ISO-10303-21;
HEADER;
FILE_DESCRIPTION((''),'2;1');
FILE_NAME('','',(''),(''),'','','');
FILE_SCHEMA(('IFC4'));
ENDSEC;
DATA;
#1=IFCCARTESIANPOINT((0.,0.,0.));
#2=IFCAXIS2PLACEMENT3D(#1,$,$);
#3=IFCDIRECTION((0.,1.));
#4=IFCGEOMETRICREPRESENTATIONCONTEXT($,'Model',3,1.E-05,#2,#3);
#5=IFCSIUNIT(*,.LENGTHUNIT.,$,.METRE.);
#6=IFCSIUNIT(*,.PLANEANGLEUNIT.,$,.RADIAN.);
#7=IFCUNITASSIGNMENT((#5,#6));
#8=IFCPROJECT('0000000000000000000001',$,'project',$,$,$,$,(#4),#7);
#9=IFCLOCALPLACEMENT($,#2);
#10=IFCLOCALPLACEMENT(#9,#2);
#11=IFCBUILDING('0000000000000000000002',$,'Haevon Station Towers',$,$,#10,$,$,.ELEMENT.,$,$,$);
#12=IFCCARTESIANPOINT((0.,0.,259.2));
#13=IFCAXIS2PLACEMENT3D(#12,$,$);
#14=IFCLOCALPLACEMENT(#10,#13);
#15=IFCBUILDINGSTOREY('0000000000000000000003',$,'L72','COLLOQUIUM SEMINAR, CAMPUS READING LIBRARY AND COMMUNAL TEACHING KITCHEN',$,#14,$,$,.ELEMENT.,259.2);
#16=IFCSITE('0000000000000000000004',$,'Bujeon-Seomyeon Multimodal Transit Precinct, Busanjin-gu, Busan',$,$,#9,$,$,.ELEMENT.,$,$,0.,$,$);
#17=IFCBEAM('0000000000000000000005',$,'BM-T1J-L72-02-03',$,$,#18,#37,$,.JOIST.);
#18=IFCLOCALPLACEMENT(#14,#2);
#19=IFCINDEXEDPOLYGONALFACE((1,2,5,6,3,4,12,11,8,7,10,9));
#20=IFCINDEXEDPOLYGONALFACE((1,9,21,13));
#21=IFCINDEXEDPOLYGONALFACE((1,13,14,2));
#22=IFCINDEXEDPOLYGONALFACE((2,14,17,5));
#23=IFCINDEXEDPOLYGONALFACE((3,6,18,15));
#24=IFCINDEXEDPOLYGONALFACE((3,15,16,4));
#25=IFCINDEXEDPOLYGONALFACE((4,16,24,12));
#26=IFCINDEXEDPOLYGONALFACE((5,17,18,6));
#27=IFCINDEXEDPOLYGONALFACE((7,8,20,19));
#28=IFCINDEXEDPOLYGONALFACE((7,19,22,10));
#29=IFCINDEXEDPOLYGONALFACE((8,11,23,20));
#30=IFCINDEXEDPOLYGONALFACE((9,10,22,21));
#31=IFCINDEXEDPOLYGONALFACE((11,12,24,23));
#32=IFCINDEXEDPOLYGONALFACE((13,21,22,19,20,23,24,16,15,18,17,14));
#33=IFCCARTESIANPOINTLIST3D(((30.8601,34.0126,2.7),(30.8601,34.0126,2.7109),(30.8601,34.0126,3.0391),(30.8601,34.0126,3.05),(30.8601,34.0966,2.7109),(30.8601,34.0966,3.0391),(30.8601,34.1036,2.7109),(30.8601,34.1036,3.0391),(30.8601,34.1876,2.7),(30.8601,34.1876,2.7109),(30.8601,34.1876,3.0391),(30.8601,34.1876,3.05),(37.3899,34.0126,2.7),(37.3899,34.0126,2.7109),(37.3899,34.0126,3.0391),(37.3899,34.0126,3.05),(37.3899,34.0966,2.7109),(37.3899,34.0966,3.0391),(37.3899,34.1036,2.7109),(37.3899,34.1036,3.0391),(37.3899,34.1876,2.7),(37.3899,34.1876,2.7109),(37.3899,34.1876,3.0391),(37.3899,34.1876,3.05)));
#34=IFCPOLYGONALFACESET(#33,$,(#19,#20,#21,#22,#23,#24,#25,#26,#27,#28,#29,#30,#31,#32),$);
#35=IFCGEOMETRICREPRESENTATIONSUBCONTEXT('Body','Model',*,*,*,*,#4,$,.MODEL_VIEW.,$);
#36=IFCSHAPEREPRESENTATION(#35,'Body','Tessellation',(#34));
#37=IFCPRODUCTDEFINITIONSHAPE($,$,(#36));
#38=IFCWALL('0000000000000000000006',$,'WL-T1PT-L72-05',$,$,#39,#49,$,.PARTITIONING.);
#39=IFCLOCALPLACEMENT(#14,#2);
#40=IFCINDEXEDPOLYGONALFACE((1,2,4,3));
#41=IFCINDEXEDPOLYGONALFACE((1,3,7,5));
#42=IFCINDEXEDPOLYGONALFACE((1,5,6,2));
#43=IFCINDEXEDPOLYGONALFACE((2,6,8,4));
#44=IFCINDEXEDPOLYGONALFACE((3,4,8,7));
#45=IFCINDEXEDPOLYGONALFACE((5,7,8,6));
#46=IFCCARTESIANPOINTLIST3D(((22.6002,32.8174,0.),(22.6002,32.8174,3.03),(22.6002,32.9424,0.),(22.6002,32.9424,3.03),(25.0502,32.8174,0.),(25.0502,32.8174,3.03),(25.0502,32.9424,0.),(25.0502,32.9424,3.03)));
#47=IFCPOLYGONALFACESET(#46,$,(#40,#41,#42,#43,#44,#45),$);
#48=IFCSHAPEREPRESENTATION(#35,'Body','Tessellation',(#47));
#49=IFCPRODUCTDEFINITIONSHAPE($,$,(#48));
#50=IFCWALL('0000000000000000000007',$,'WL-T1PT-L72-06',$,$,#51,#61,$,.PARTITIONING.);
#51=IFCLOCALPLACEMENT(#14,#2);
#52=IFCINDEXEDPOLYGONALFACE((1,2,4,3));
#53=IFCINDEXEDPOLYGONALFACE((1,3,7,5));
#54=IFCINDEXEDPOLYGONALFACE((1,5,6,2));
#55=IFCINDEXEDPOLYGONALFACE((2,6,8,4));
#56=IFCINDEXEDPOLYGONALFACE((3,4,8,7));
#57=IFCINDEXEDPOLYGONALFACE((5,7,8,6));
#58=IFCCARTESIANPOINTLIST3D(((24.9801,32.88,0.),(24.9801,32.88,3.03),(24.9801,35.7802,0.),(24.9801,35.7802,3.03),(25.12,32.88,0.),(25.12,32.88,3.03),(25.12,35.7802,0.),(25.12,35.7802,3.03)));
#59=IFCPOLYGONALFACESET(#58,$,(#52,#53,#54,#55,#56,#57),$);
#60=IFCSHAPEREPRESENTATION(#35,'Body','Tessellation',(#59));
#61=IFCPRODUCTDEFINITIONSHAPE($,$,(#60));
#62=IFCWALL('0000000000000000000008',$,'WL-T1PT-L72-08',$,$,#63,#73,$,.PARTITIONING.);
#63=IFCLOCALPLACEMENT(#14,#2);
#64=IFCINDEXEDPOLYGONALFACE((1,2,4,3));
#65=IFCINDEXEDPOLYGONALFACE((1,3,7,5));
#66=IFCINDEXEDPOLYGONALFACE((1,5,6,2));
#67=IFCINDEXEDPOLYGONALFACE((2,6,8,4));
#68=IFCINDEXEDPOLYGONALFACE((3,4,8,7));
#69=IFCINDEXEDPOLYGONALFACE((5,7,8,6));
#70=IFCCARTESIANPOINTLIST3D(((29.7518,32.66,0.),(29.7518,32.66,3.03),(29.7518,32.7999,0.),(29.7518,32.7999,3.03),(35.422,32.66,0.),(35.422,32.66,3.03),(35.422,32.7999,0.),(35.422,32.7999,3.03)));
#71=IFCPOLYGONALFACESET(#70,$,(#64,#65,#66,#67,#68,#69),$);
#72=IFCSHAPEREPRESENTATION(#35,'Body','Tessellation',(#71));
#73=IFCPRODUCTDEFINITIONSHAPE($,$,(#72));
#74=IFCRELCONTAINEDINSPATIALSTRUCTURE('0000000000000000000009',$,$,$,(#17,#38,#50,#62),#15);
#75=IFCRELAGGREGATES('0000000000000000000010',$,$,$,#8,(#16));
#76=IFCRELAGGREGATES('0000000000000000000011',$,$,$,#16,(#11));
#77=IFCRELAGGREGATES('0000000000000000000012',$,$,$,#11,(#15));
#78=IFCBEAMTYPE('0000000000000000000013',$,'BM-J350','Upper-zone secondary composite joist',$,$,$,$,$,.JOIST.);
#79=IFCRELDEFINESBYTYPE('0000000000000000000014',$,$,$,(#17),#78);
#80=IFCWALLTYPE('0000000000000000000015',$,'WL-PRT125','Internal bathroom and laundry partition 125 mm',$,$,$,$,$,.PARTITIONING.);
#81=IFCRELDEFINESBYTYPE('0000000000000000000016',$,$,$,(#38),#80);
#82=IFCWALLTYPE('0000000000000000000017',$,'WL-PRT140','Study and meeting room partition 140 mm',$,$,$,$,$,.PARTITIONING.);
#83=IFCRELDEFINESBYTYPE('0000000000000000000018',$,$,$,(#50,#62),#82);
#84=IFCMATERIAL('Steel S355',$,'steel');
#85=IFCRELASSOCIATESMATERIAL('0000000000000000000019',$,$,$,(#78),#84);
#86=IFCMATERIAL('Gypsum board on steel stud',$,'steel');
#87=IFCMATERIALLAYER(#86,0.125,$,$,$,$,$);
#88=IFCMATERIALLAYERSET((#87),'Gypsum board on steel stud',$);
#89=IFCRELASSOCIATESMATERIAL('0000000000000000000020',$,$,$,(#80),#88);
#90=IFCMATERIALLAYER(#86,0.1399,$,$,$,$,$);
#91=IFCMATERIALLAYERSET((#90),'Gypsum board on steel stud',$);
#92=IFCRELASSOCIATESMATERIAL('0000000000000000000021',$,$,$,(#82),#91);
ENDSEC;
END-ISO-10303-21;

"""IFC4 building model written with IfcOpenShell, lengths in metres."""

from ifc_helpers import new_model, si_unit, direction, frame, frame_2d, origin, origin_2d, place, context, subcontext, project, spatial, rectangle, i_section, extrude, material, layer, layer_set, material_profile, profile_set, type_object, element, save


model = new_model("IFC4")

# Units and contexts
model_context = context("Model", 3, precision=1e-05, world=origin(), true_north=direction((0.0, 1.0)))
body_context = subcontext(model_context, "Body", "Model", "MODEL_VIEW")
ifc_project = project(units=[si_unit("LENGTHUNIT", "METRE"), si_unit("PLANEANGLEUNIT", "RADIAN")], contexts=[model_context])

# Site, building, storey
site_placement = place(None, origin())
site = spatial("IfcSite", under=ifc_project, at=site_placement, Name="Bujeon-Seomyeon Multimodal Transit Precinct, Busanjin-gu, Busan", CompositionType="ELEMENT", RefElevation=0.0)
building_placement = place(site_placement, origin())
building = spatial("IfcBuilding", under=site, at=building_placement, Name="Haevon Station Towers", CompositionType="ELEMENT")
storey_placement = place(building_placement, frame((0.0, 0.0, 259.2)))
storey = spatial("IfcBuildingStorey", under=building, at=storey_placement, Name="L72", Description="COLLOQUIUM SEMINAR, CAMPUS READING LIBRARY AND COMMUNAL TEACHING KITCHEN", CompositionType="ELEMENT", Elevation=259.2)

# Shared definitions
ifc_material_1 = material(Name="Steel S355", Category="steel")

# Beam
ifc_material_profile_1 = material_profile(ifc_material_1, i_section(OverallWidth=0.175, OverallDepth=0.3501, WebThickness=0.0071, FlangeThickness=0.011, at=origin_2d()), Name="H-350x175x7x11")
ifc_profile_set_1 = profile_set([ifc_material_profile_1], Name="Steel S355")
beam_type_1 = type_object("IfcBeamType", Name="BM-J350", Description="Upper-zone secondary composite joist", PredefinedType="JOIST", material=ifc_profile_set_1)
for number, where, z_axis, x_axis, name in (
    (1, (30.8601, 34.1001, 2.875), (1.0, 0.0, 0.0), (0.0, 1.0, 0.0), "BM-T1J-L72-02-03"),
):
    element("IfcBeam", number, at=place(storey_placement, frame(where, z_axis=z_axis, x_axis=x_axis)), inside=storey, type_object=beam_type_1, Name=name, PredefinedType="JOIST", context=body_context, shape_type="SweptSolid", body=[
        extrude(i_section(OverallWidth=0.175, OverallDepth=0.3501, WebThickness=0.0071, FlangeThickness=0.011, at=origin_2d()), origin(), (0.0, 0.0, 1.0), 6.5298),
    ])

# Walls
ifc_material_2 = material(Name="Gypsum board on steel stud", Category="steel")
ifc_layer_1 = layer(ifc_material_2, 0.125)
ifc_layer_set_1 = layer_set([ifc_layer_1], Name="Gypsum board on steel stud")
wall_type_1 = type_object("IfcWallType", Name="WL-PRT125", Description="Internal bathroom and laundry partition 125 mm", PredefinedType="PARTITIONING", material=ifc_layer_set_1)
wall_1_placement = place(storey_placement, frame((22.6001, 32.8799, 0.0), z_axis=(0.0, 0.0, 1.0), x_axis=(1.0, 0.0, 0.0)))
element("IfcWall", 2, at=wall_1_placement, inside=storey, type_object=wall_type_1, Name="WL-T1PT-L72-05", PredefinedType="PARTITIONING", context=body_context, shape_type="SweptSolid", body=[
    extrude(rectangle(XDim=2.45, YDim=0.125, at=frame_2d((1.2251, 0.0))), origin(), (0.0, 0.0, 1.0), 3.03),
])
ifc_layer_2 = layer(ifc_material_2, 0.1399)
ifc_layer_set_2 = layer_set([ifc_layer_2], Name="Gypsum board on steel stud")
wall_type_2 = type_object("IfcWallType", Name="WL-PRT140", Description="Study and meeting room partition 140 mm", PredefinedType="PARTITIONING", material=ifc_layer_set_2)
wall_2_placement = place(storey_placement, frame((25.05, 32.8799, 0.0), z_axis=(0.0, 0.0, 1.0), x_axis=(0.0, 1.0, 0.0)))
element("IfcWall", 3, at=wall_2_placement, inside=storey, type_object=wall_type_2, Name="WL-T1PT-L72-06", PredefinedType="PARTITIONING", context=body_context, shape_type="SweptSolid", body=[
    extrude(rectangle(XDim=2.9001, YDim=0.1399, at=frame_2d((1.4502, 0.0))), origin(), (0.0, 0.0, 1.0), 3.03),
])
wall_3_placement = place(storey_placement, frame((29.752, 32.73, 0.0), z_axis=(0.0, 0.0, 1.0), x_axis=(1.0, 0.0, 0.0)))
element("IfcWall", 4, at=wall_3_placement, inside=storey, type_object=wall_type_2, Name="WL-T1PT-L72-08", PredefinedType="PARTITIONING", context=body_context, shape_type="SweptSolid", body=[
    extrude(rectangle(XDim=5.6702, YDim=0.1399, at=frame_2d((2.835, 0.0))), origin(), (0.0, 0.0, 1.0), 3.03),
])

save(model, "model.ifc")
